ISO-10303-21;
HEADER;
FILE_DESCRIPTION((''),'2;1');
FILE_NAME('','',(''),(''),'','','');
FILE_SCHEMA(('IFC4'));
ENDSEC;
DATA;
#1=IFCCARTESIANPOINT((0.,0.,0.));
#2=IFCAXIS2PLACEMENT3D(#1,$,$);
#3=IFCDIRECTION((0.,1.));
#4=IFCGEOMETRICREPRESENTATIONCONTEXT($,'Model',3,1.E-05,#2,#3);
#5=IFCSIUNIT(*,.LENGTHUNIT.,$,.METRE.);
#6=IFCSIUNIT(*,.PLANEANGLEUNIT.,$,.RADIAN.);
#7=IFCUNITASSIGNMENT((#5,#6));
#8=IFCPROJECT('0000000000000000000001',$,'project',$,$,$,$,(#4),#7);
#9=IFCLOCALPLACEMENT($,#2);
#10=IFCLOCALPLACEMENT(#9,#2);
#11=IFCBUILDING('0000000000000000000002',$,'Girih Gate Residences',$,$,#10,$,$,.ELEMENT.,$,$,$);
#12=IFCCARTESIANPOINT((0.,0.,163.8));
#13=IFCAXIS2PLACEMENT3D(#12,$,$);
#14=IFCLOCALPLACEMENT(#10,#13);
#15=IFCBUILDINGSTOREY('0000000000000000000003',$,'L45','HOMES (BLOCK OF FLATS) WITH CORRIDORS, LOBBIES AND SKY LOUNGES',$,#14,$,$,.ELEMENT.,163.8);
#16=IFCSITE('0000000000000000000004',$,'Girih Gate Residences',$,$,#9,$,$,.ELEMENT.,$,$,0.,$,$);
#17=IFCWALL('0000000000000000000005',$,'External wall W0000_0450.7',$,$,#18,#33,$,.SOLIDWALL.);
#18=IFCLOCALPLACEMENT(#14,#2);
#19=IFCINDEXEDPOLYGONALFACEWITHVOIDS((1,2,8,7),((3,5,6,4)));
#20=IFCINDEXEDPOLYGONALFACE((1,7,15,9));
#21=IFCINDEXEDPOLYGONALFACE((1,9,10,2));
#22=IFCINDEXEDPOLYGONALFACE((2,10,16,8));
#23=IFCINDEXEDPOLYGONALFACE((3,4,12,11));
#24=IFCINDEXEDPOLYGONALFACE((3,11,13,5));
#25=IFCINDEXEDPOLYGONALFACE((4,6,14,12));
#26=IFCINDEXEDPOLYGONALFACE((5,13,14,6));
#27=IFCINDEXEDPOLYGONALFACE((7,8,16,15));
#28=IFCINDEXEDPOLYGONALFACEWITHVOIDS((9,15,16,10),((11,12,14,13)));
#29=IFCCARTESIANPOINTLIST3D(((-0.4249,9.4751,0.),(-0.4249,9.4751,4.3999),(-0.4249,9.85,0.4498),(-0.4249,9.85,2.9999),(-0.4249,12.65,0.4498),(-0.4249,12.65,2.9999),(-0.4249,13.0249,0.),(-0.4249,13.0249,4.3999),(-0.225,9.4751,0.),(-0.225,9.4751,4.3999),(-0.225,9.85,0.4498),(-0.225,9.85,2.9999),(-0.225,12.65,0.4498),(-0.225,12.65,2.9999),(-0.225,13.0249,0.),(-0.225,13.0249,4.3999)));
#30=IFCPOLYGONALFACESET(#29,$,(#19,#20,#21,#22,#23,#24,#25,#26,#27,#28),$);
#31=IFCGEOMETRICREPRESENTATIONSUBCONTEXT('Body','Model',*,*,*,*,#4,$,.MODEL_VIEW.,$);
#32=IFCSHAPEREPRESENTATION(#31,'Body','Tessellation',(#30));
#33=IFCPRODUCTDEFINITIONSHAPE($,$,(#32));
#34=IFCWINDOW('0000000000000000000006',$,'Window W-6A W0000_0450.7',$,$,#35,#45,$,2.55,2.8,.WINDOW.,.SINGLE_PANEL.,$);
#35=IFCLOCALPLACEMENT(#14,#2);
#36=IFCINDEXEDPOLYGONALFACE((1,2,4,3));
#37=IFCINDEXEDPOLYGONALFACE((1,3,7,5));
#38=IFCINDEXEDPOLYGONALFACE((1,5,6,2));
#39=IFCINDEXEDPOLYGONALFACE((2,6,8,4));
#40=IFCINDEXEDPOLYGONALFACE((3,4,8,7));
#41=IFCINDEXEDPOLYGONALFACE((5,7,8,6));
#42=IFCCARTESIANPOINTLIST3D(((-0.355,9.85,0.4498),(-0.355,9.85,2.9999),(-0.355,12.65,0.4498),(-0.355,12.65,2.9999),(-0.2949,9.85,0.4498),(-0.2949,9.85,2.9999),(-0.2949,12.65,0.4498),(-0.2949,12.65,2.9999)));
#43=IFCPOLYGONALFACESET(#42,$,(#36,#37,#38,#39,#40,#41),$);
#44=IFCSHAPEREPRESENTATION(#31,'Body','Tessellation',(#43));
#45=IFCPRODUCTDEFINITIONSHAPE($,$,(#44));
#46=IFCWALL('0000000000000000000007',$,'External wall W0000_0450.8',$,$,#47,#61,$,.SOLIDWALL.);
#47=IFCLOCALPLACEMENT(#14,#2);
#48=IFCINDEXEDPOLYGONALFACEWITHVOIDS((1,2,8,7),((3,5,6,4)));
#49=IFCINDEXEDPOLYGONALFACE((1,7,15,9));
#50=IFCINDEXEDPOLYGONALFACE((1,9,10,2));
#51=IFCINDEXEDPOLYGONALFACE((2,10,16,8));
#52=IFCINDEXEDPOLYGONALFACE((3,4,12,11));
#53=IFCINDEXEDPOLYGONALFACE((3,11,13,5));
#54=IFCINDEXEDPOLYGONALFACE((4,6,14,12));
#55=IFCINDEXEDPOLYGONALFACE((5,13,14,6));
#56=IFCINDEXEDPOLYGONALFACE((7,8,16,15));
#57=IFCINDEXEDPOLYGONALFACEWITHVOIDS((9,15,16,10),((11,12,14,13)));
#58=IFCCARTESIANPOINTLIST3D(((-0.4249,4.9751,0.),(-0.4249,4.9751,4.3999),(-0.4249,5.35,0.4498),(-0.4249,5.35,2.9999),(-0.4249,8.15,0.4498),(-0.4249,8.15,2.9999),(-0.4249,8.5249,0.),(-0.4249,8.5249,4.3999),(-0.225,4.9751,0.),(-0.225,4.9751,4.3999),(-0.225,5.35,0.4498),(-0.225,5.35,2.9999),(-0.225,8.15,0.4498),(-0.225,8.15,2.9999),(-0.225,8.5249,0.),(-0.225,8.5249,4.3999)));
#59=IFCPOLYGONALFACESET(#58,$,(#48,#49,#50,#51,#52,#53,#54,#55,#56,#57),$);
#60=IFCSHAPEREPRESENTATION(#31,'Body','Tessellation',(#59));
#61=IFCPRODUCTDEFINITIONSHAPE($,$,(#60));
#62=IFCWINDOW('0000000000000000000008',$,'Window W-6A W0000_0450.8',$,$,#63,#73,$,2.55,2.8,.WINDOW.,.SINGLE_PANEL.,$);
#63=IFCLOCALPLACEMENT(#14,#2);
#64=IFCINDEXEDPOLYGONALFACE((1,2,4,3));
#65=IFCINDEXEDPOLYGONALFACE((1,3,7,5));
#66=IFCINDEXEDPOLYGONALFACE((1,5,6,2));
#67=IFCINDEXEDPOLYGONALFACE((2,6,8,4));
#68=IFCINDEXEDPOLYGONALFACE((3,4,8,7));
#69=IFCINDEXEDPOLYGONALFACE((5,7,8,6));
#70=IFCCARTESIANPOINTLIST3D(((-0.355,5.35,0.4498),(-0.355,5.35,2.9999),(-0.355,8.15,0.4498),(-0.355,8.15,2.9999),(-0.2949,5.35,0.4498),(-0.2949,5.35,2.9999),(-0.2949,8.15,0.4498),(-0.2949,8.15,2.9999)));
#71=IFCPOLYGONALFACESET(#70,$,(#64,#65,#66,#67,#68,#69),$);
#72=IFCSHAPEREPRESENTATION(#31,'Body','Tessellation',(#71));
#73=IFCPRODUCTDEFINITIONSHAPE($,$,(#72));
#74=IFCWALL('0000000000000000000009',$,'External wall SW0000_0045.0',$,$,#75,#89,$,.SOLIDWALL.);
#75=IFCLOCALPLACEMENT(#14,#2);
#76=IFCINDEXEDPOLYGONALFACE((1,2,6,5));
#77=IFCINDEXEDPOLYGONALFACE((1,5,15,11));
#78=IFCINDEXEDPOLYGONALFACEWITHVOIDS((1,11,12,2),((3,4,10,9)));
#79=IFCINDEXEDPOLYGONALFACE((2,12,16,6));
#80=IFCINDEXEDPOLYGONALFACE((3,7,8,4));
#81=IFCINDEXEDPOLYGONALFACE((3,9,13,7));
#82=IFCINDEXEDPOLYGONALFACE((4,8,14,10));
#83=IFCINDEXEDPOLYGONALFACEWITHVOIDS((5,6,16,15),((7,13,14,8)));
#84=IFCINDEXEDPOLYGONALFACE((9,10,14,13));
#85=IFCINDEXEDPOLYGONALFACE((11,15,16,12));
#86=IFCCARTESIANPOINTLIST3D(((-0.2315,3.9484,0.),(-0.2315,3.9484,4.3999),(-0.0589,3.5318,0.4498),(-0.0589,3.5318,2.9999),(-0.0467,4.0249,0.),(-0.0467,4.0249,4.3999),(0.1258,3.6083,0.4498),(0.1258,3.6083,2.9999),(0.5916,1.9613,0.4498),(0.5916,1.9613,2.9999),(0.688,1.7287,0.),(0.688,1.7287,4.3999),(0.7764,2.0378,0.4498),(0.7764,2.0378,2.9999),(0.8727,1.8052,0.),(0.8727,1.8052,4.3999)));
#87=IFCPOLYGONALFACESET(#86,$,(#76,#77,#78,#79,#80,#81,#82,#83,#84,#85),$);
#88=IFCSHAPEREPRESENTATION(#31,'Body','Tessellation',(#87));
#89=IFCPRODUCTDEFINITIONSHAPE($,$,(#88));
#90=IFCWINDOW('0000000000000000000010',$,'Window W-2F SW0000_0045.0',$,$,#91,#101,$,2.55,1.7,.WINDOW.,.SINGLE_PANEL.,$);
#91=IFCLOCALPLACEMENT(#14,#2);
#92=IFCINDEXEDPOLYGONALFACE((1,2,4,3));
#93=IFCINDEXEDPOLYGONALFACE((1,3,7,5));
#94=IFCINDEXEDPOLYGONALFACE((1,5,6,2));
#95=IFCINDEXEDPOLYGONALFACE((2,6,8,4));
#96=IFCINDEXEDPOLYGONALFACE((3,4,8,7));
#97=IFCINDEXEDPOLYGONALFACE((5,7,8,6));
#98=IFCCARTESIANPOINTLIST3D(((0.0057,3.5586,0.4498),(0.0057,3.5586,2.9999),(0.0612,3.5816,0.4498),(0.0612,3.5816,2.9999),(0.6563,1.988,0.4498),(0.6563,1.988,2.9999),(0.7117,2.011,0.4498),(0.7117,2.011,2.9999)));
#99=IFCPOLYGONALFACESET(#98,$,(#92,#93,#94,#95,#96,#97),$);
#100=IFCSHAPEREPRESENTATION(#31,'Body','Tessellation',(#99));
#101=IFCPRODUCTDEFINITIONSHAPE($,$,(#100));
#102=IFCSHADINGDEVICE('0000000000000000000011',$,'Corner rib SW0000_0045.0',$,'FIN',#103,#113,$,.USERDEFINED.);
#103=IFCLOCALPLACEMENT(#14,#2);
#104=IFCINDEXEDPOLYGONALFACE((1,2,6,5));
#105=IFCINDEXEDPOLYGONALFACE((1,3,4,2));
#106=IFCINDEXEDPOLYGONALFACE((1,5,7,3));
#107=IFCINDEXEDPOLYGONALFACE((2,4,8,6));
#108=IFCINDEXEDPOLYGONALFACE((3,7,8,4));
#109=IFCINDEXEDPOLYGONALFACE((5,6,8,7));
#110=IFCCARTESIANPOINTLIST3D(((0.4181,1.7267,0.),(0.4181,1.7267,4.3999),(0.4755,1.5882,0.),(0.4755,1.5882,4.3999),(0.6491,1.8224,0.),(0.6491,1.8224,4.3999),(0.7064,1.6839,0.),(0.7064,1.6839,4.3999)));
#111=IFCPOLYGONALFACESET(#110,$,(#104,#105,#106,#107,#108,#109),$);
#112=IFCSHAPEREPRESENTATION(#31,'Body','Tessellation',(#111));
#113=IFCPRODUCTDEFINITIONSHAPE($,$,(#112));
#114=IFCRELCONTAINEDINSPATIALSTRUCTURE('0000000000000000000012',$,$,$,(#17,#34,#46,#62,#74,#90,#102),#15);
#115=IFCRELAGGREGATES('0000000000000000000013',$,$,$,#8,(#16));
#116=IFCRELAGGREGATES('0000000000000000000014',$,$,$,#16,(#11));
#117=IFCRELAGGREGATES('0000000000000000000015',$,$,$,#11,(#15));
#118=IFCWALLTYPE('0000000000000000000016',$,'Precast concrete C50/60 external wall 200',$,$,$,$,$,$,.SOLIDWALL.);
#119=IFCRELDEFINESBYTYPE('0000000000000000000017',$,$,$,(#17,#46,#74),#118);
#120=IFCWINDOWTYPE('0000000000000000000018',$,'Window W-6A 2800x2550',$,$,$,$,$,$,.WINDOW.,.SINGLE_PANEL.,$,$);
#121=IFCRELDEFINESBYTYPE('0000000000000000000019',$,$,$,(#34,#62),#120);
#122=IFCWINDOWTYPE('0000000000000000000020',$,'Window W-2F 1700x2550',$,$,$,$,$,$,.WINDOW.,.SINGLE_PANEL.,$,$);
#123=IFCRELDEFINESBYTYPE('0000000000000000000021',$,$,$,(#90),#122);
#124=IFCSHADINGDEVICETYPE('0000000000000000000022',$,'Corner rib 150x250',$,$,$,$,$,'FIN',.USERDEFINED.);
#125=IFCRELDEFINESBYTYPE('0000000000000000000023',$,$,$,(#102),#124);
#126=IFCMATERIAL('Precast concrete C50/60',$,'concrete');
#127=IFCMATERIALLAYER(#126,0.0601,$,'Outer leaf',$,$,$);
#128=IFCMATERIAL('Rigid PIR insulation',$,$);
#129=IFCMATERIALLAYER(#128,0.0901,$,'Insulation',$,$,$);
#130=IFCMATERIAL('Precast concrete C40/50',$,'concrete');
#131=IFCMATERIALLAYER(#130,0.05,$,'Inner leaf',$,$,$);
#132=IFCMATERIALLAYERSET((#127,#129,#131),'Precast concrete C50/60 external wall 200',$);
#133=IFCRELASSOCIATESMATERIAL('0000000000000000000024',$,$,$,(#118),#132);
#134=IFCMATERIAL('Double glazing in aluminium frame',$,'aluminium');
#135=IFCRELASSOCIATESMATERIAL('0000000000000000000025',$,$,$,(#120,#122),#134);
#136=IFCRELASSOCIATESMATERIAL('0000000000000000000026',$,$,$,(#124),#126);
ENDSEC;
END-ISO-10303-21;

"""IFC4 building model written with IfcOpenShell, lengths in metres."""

from ifc_helpers import new_model, si_unit, direction, frame, frame_2d, origin, origin_2d, place, context, subcontext, project, spatial, rectangle, extrude, material, layer, layer_set, type_object, element, fill, save


model = new_model("IFC4")

# Units and contexts
model_context = context("Model", 3, precision=1e-05, world=origin(), true_north=direction((0.0, 1.0)))
body_context = subcontext(model_context, "Body", "Model", "MODEL_VIEW")
ifc_project = project(units=[si_unit("LENGTHUNIT", "METRE"), si_unit("PLANEANGLEUNIT", "RADIAN")], contexts=[model_context])

# Site, building, storey
site_placement = place(None, origin())
site = spatial("IfcSite", under=ifc_project, at=site_placement, Name="Girih Gate Residences", CompositionType="ELEMENT", RefElevation=0.0)
building_placement = place(site_placement, origin())
building = spatial("IfcBuilding", under=site, at=building_placement, Name="Girih Gate Residences", CompositionType="ELEMENT")
storey_placement = place(building_placement, frame((0.0, 0.0, 163.8)))
storey = spatial("IfcBuildingStorey", under=building, at=storey_placement, Name="L45", Description="HOMES (BLOCK OF FLATS) WITH CORRIDORS, LOBBIES AND SKY LOUNGES", CompositionType="ELEMENT", Elevation=163.8)

# Walls, openings, windows
ifc_material_1 = material(Name="Precast concrete C50/60", Category="concrete")
ifc_layer_1 = layer(ifc_material_1, 0.0601, Name="Outer leaf")
ifc_material_2 = material(Name="Rigid PIR insulation")
ifc_layer_2 = layer(ifc_material_2, 0.0901, Name="Insulation")
ifc_material_3 = material(Name="Precast concrete C40/50", Category="concrete")
ifc_layer_3 = layer(ifc_material_3, 0.05, Name="Inner leaf")
ifc_layer_set_1 = layer_set([ifc_layer_1, ifc_layer_2, ifc_layer_3], Name="Precast concrete C50/60 external wall 200")
wall_type_1 = type_object("IfcWallType", Name="Precast concrete C50/60 external wall 200", PredefinedType="SOLIDWALL", material=ifc_layer_set_1)
wall_1_placement = place(storey_placement, frame((-0.325, 9.4751, 0.0), z_axis=(0.0, 0.0, 1.0), x_axis=(0.0, 1.0, 0.0)))
wall_1 = element("IfcWall", 1, at=wall_1_placement, inside=storey, type_object=wall_type_1, Name="External wall W0000_0450.7", PredefinedType="SOLIDWALL", context=body_context, shape_type="SweptSolid", body=[
    extrude(rectangle(XDim=3.5498, YDim=0.2, at=frame_2d((1.7749, 0.0))), origin(), (0.0, 0.0, 1.0), 4.3999),
])
opening_1_placement = place(wall_1_placement, frame((0.375, 0.0, 0.45)))
opening_1 = element("IfcOpeningElement", 2, at=opening_1_placement, cuts=wall_1, PredefinedType="OPENING", context=body_context, shape_type="SweptSolid", body=[
    extrude(rectangle(XDim=2.8, YDim=2.55, at=frame_2d((1.3999, 1.2749))), frame((0.0, 0.1099, 0.0), z_axis=(0.0, -1.0, 0.0), x_axis=(1.0, 0.0, 0.0)), (0.0, 0.0, 1.0), 0.22),
])
ifc_material_4 = material(Name="Double glazing in aluminium frame", Category="aluminium")
window_type_1 = type_object("IfcWindowType", Name="Window W-6A 2800x2550", PartitioningType="SINGLE_PANEL", PredefinedType="WINDOW", material=ifc_material_4)
window_1_placement = place(opening_1_placement, origin())
window_1 = element("IfcWindow", 3, at=window_1_placement, inside=storey, type_object=window_type_1, Name="Window W-6A W0000_0450.7", OverallHeight=2.55, OverallWidth=2.8, PartitioningType="SINGLE_PANEL", PredefinedType="WINDOW", context=body_context, shape_type="SweptSolid", body=[
    extrude(rectangle(XDim=2.8, YDim=2.55, at=frame_2d((1.3999, 1.2749))), frame((0.0, 0.03, 0.0), z_axis=(0.0, -1.0, 0.0), x_axis=(1.0, 0.0, 0.0)), (0.0, 0.0, 1.0), 0.0601),
])
fill(opening_1, window_1)
wall_2_placement = place(storey_placement, frame((-0.325, 4.9751, 0.0), z_axis=(0.0, 0.0, 1.0), x_axis=(0.0, 1.0, 0.0)))
wall_2 = element("IfcWall", 4, at=wall_2_placement, inside=storey, type_object=wall_type_1, Name="External wall W0000_0450.8", PredefinedType="SOLIDWALL", context=body_context, shape_type="SweptSolid", body=[
    extrude(rectangle(XDim=3.5498, YDim=0.2, at=frame_2d((1.7749, 0.0))), origin(), (0.0, 0.0, 1.0), 4.3999),
])
opening_2_placement = place(wall_2_placement, frame((0.375, 0.0, 0.45)))
opening_2 = element("IfcOpeningElement", 5, at=opening_2_placement, cuts=wall_2, PredefinedType="OPENING", context=body_context, shape_type="SweptSolid", body=[
    extrude(rectangle(XDim=2.8, YDim=2.55, at=frame_2d((1.3999, 1.2749))), frame((0.0, 0.1099, 0.0), z_axis=(0.0, -1.0, 0.0), x_axis=(1.0, 0.0, 0.0)), (0.0, 0.0, 1.0), 0.22),
])
window_2_placement = place(opening_2_placement, origin())
window_2 = element("IfcWindow", 6, at=window_2_placement, inside=storey, type_object=window_type_1, Name="Window W-6A W0000_0450.8", OverallHeight=2.55, OverallWidth=2.8, PartitioningType="SINGLE_PANEL", PredefinedType="WINDOW", context=body_context, shape_type="SweptSolid", body=[
    extrude(rectangle(XDim=2.8, YDim=2.55, at=frame_2d((1.3999, 1.2749))), frame((0.0, 0.03, 0.0), z_axis=(0.0, -1.0, 0.0), x_axis=(1.0, 0.0, 0.0)), (0.0, 0.0, 1.0), 0.0601),
])
fill(opening_2, window_2)
wall_3_placement = place(storey_placement, frame((0.7803, 1.7671, 0.0), z_axis=(0.0, 0.0, 1.0), x_axis=(-0.382681, 0.923881, 0.0)))
wall_3 = element("IfcWall", 7, at=wall_3_placement, inside=storey, type_object=wall_type_1, Name="External wall SW0000_0045.0", PredefinedType="SOLIDWALL", context=body_context, shape_type="SweptSolid", body=[
    extrude(rectangle(XDim=2.4026, YDim=0.2, at=frame_2d((1.2012, 0.0))), origin(), (0.0, 0.0, 1.0), 4.3999),
])
opening_3_placement = place(wall_3_placement, frame((0.2515, 0.0, 0.45)))
opening_3 = element("IfcOpeningElement", 8, at=opening_3_placement, cuts=wall_3, PredefinedType="OPENING", context=body_context, shape_type="SweptSolid", body=[
    extrude(rectangle(XDim=1.7, YDim=2.55, at=frame_2d((0.8501, 1.2749))), frame((0.0, 0.1099, 0.0), z_axis=(0.0, -1.0, 0.0), x_axis=(1.0, 0.0, 0.0)), (0.0, 0.0, 1.0), 0.22),
])
window_type_2 = type_object("IfcWindowType", Name="Window W-2F 1700x2550", PartitioningType="SINGLE_PANEL", PredefinedType="WINDOW", material=ifc_material_4)
window_3_placement = place(opening_3_placement, origin())
window_3 = element("IfcWindow", 9, at=window_3_placement, inside=storey, type_object=window_type_2, Name="Window W-2F SW0000_0045.0", OverallHeight=2.55, OverallWidth=1.7, PartitioningType="SINGLE_PANEL", PredefinedType="WINDOW", context=body_context, shape_type="SweptSolid", body=[
    extrude(rectangle(XDim=1.7, YDim=2.55, at=frame_2d((0.8501, 1.2749))), frame((0.0, 0.03, 0.0), z_axis=(0.0, -1.0, 0.0), x_axis=(1.0, 0.0, 0.0)), (0.0, 0.0, 1.0), 0.0601),
])
fill(opening_3, window_3)

# Shading device
shading_device_type = type_object("IfcShadingDeviceType", Name="Corner rib 150x250", ElementType="FIN", PredefinedType="USERDEFINED", material=ifc_material_1)
shading_device_placement = place(storey_placement, frame((0.5623, 1.7053, 0.0), z_axis=(0.0, 0.0, 1.0), x_axis=(0.382683, -0.92388, 0.0)))
element("IfcShadingDevice", 10, at=shading_device_placement, inside=storey, type_object=shading_device_type, Name="Corner rib SW0000_0045.0", ObjectType="FIN", PredefinedType="USERDEFINED", context=body_context, shape_type="SweptSolid", body=[
    extrude(rectangle(XDim=0.1499, YDim=0.25, at=origin_2d()), origin(), (0.0, 0.0, 1.0), 4.3999),
])

save(model, "model.ifc")
